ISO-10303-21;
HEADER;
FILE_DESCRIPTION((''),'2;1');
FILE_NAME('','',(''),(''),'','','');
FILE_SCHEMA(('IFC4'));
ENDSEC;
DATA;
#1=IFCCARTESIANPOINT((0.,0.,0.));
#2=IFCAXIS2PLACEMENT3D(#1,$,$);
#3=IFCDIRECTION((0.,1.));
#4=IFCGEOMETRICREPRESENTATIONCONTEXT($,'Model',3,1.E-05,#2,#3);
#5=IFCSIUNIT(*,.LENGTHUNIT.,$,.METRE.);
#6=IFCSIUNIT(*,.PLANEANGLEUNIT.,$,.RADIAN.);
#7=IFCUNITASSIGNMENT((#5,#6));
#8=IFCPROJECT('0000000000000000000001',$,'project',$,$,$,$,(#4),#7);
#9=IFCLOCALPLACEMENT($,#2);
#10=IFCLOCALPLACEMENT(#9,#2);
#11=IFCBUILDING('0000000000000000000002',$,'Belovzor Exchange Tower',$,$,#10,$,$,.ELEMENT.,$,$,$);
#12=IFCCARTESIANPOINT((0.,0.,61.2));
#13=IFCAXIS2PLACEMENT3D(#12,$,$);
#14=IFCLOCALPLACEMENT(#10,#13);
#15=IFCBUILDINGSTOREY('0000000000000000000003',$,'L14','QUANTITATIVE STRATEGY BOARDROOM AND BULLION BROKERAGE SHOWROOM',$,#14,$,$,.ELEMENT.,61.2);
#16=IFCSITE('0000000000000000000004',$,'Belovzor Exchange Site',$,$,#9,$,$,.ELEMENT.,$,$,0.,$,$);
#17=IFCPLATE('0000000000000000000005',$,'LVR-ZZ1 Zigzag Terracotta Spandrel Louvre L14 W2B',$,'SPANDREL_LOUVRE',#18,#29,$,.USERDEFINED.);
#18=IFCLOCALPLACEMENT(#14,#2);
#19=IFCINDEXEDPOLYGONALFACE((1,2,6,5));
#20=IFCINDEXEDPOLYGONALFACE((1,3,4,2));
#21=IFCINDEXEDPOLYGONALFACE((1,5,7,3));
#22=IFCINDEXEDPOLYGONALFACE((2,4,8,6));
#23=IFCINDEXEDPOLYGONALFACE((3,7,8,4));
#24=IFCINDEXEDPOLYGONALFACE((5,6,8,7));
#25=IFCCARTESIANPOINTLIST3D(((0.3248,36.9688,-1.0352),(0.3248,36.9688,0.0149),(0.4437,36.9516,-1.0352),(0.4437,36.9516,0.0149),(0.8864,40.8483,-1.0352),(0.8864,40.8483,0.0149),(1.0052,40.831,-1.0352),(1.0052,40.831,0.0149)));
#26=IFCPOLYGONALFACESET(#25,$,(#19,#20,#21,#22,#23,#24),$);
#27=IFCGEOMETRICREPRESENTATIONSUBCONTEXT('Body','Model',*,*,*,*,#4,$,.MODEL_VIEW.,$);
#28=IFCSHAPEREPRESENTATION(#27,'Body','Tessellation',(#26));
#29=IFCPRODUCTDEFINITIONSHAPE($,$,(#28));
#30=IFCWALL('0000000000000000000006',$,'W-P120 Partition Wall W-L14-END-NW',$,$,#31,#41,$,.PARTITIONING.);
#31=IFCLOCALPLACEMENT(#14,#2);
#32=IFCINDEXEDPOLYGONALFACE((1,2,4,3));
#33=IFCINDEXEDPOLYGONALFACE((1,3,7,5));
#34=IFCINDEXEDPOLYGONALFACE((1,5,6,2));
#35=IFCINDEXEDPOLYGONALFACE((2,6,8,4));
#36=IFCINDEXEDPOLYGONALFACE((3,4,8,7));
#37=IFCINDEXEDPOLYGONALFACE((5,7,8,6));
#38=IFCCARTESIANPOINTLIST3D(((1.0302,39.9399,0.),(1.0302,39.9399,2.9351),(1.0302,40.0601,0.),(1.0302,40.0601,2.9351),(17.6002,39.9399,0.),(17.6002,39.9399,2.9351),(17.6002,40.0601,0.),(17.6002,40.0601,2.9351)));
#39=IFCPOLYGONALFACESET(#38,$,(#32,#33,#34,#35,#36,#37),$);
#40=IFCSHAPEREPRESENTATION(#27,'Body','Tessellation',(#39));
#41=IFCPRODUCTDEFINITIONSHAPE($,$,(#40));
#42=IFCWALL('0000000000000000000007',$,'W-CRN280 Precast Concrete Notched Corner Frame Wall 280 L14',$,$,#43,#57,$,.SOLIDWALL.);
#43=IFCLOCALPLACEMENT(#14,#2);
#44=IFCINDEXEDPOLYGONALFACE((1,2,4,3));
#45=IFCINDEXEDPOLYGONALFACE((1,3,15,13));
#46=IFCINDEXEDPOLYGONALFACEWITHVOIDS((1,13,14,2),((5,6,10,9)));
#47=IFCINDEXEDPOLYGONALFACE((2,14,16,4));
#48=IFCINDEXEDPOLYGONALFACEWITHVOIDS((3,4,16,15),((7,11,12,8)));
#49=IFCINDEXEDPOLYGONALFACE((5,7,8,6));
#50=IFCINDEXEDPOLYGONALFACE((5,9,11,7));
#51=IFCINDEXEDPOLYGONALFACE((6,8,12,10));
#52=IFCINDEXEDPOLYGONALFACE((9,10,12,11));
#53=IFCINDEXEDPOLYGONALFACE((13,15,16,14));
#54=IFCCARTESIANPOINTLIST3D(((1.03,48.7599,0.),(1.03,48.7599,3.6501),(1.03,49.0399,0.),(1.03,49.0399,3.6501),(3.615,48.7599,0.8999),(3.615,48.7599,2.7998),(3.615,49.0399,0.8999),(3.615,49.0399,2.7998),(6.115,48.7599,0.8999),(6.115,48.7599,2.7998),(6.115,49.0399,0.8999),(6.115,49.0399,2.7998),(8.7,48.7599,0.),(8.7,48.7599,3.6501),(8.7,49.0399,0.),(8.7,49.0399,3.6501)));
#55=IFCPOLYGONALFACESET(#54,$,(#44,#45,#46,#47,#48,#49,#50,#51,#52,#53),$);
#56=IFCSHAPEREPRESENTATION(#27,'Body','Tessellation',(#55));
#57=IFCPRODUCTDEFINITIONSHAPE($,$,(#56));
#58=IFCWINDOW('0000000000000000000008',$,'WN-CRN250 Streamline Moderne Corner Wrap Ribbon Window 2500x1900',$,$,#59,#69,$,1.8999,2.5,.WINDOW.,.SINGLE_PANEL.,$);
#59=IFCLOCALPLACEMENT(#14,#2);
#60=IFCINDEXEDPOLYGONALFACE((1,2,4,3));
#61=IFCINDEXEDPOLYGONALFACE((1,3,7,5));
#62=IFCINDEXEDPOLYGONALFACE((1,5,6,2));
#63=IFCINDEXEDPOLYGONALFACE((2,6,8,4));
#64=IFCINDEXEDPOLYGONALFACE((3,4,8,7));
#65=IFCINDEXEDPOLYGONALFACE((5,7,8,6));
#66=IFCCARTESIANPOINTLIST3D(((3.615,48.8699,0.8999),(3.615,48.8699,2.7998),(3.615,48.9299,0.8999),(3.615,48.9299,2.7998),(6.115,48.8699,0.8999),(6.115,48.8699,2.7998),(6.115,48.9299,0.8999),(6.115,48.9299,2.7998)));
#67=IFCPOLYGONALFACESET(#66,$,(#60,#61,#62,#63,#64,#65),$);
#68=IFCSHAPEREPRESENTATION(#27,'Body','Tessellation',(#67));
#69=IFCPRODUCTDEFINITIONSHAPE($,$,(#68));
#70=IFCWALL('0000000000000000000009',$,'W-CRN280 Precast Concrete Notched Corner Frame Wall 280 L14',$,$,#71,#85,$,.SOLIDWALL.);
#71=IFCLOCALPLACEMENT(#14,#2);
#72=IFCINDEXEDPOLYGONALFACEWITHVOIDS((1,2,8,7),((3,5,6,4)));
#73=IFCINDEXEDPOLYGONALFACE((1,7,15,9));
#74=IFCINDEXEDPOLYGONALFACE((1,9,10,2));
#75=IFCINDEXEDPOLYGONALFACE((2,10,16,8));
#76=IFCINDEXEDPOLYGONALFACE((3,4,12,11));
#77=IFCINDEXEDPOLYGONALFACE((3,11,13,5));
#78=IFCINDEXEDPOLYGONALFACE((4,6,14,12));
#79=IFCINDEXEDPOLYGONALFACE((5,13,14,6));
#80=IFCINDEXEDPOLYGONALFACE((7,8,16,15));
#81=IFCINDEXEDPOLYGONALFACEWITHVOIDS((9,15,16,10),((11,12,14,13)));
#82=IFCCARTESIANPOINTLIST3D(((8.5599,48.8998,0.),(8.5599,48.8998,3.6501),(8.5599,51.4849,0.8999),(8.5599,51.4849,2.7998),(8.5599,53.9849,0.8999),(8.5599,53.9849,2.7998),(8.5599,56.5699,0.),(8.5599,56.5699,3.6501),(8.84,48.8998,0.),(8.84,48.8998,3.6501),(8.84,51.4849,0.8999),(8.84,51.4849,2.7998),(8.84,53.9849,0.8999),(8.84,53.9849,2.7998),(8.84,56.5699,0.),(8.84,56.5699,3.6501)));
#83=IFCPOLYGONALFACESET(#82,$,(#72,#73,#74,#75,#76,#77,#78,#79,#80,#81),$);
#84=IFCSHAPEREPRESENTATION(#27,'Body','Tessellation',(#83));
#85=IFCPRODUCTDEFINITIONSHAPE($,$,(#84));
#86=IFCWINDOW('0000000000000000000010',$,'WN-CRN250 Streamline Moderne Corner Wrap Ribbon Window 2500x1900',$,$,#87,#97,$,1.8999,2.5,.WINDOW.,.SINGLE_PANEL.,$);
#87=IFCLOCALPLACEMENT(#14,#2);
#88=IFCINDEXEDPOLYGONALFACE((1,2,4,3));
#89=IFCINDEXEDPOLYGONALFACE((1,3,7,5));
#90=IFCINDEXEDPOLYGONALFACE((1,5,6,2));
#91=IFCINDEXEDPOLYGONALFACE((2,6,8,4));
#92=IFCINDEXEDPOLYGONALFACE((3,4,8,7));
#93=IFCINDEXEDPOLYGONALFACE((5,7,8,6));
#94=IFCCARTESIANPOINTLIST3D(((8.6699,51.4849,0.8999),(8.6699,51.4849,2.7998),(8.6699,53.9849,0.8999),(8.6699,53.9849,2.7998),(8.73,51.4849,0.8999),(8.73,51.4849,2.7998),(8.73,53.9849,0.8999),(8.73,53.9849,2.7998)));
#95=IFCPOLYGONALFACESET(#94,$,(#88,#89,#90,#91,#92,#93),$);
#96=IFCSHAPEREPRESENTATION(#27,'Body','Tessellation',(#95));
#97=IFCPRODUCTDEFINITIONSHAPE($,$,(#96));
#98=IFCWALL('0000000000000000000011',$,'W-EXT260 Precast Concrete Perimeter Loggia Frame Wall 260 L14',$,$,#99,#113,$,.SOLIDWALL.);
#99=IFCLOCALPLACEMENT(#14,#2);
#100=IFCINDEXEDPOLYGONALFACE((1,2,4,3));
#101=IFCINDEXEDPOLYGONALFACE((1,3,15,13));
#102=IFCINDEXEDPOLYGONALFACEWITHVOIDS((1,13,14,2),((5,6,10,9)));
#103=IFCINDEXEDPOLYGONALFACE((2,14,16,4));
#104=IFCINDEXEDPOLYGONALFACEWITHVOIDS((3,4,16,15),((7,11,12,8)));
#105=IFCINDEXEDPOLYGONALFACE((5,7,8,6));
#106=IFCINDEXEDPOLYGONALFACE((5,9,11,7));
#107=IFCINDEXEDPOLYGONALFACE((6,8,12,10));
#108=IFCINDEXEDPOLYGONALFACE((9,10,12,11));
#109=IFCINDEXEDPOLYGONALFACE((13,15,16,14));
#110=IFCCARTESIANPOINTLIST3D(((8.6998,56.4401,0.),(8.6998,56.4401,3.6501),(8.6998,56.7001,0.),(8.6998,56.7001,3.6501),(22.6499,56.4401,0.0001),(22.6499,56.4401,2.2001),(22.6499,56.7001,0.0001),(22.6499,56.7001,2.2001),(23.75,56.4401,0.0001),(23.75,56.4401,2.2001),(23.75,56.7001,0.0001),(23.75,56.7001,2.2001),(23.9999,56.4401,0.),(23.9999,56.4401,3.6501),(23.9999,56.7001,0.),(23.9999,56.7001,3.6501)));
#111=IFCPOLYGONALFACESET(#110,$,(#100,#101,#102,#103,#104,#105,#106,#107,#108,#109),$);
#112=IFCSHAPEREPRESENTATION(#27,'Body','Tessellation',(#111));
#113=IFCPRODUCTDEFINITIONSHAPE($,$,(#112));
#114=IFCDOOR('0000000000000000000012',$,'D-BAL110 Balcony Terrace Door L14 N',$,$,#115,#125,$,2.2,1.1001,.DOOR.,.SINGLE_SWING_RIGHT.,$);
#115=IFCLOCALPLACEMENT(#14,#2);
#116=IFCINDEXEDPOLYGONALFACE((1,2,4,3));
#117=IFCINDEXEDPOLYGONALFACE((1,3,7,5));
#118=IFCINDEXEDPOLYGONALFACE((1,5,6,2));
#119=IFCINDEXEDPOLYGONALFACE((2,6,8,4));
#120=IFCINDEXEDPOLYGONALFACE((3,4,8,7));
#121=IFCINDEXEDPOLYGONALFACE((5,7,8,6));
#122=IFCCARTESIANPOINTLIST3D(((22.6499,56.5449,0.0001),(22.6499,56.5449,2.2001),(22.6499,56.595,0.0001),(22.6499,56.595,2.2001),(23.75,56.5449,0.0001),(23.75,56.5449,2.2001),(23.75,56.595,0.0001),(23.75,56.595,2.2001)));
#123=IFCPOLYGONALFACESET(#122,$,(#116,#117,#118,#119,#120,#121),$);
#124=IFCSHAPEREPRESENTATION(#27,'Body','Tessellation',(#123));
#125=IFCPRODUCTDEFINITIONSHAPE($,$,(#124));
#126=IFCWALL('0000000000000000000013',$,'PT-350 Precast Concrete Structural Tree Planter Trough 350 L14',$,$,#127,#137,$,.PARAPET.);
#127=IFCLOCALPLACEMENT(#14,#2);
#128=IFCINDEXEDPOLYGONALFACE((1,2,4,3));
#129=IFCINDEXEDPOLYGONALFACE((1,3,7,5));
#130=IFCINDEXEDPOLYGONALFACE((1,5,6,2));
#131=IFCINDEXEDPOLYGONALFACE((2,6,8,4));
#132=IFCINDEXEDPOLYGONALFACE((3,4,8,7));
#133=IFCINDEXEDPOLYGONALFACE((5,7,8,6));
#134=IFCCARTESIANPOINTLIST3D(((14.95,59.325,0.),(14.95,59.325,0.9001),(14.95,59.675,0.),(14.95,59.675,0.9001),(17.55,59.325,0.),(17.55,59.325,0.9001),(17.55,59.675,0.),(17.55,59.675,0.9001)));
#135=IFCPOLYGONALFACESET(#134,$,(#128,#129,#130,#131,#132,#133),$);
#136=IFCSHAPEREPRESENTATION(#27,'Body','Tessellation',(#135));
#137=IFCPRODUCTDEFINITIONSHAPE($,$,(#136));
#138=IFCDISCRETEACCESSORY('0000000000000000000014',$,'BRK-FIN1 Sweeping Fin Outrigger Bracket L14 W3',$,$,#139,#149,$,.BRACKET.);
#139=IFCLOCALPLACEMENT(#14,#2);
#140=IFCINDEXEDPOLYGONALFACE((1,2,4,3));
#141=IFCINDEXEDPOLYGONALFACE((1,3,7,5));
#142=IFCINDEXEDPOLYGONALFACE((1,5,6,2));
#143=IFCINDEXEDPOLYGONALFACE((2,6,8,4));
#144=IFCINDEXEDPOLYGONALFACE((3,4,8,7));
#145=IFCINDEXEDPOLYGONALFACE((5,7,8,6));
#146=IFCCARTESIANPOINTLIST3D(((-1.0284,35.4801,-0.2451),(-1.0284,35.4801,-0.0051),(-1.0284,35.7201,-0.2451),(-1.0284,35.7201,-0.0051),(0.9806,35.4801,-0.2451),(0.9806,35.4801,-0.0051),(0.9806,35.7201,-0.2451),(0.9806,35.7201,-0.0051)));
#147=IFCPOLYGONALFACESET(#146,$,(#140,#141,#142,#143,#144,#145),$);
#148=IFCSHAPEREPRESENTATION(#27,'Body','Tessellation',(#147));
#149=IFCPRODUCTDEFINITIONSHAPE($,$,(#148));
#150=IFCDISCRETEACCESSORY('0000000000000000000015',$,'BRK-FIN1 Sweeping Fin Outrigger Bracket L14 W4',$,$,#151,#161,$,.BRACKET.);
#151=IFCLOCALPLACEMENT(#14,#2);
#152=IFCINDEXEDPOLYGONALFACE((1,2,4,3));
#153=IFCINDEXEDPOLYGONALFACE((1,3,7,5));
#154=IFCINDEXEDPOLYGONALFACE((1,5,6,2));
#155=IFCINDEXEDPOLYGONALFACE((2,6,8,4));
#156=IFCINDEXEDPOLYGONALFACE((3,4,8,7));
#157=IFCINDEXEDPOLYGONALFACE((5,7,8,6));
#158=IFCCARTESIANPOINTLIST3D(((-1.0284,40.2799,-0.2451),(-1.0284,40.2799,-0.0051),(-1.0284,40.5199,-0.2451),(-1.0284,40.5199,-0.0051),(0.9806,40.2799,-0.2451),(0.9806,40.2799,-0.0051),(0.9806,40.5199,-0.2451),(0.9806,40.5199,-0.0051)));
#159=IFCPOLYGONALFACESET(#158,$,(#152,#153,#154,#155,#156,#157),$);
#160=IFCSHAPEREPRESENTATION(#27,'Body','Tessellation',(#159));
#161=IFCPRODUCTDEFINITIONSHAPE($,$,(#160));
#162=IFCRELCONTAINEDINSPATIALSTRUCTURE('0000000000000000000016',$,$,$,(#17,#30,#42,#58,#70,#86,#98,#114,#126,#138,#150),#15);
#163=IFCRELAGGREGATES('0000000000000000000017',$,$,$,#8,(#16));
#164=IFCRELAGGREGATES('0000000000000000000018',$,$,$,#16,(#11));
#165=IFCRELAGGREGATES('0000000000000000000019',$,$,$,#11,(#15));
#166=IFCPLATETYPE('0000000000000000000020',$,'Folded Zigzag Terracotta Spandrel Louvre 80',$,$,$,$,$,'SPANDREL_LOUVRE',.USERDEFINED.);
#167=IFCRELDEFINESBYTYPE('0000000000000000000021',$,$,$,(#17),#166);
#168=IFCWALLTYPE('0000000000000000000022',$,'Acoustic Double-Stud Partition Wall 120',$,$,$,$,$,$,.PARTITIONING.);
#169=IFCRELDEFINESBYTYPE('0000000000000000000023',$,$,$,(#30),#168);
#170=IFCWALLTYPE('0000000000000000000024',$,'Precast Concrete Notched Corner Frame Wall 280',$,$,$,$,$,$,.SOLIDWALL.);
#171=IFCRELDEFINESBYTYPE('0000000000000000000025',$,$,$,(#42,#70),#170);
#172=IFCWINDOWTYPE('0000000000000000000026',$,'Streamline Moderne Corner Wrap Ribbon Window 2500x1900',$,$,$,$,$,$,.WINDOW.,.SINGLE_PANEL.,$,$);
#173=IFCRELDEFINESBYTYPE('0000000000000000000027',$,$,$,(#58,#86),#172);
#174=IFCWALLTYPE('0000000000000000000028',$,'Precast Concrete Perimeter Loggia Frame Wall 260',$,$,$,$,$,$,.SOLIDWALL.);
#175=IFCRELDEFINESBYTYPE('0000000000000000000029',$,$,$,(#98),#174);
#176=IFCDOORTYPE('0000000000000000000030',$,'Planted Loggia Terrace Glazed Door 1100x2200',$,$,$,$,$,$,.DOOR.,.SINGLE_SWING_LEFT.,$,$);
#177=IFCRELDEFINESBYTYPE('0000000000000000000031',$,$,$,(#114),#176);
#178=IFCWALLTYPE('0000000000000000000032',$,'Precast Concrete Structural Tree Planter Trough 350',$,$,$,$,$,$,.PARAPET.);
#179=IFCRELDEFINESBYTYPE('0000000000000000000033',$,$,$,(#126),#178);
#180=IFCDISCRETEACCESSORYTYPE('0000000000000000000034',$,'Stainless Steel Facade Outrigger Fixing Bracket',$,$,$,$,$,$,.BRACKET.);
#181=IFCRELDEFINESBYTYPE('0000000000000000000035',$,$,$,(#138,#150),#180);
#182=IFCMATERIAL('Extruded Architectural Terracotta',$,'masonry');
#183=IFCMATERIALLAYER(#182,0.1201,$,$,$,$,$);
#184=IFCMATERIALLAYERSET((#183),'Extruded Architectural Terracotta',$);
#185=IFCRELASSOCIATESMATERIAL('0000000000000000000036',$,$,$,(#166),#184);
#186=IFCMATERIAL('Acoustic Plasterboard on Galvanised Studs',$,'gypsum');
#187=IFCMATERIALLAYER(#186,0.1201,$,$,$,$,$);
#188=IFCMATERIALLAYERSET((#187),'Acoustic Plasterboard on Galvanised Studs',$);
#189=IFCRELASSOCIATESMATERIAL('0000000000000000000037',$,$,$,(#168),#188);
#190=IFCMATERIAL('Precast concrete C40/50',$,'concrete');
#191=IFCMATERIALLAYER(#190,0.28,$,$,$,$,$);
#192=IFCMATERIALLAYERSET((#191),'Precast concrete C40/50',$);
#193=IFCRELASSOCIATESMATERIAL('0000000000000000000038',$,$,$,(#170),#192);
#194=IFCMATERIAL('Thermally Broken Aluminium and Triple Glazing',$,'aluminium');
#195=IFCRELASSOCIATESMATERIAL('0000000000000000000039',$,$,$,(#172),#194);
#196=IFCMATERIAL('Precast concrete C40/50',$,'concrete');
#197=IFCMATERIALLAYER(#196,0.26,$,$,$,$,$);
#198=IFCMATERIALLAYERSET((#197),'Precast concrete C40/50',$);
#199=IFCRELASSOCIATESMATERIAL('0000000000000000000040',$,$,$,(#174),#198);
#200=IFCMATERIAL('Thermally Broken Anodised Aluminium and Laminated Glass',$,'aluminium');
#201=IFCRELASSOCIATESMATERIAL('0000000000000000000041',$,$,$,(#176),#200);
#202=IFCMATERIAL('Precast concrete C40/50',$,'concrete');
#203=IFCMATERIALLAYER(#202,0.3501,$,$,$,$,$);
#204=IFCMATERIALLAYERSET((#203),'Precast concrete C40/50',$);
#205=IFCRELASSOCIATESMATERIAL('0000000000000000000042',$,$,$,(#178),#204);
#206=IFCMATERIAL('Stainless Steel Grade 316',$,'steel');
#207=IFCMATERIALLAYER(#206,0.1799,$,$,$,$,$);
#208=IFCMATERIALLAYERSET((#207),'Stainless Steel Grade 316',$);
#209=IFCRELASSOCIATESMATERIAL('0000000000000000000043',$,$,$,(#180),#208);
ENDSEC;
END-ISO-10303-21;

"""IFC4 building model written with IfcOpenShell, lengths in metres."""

from ifc_helpers import new_model, si_unit, direction, frame, frame_2d, origin, origin_2d, place, context, subcontext, project, spatial, rectangle, extrude, material, layer, layer_set, type_object, element, fill, save


model = new_model("IFC4")

# Units and contexts
model_context = context("Model", 3, precision=1e-05, world=origin(), true_north=direction((0.0, 1.0)))
body_context = subcontext(model_context, "Body", "Model", "MODEL_VIEW")
ifc_project = project(units=[si_unit("LENGTHUNIT", "METRE"), si_unit("PLANEANGLEUNIT", "RADIAN")], contexts=[model_context])

# Site, building, storey
site_placement = place(None, origin())
site = spatial("IfcSite", under=ifc_project, at=site_placement, Name="Belovzor Exchange Site", CompositionType="ELEMENT", RefElevation=0.0)
building_placement = place(site_placement, origin())
building = spatial("IfcBuilding", under=site, at=building_placement, Name="Belovzor Exchange Tower", CompositionType="ELEMENT")
storey_placement = place(building_placement, frame((0.0, 0.0, 61.2)))
storey = spatial("IfcBuildingStorey", under=building, at=storey_placement, Name="L14", Description="QUANTITATIVE STRATEGY BOARDROOM AND BULLION BROKERAGE SHOWROOM", CompositionType="ELEMENT", Elevation=61.2)

# Plate
ifc_material_1 = material(Name="Extruded Architectural Terracotta", Category="masonry")
ifc_layer_1 = layer(ifc_material_1, 0.1201)
ifc_layer_set_1 = layer_set([ifc_layer_1], Name="Extruded Architectural Terracotta")
plate_type = type_object("IfcPlateType", Name="Folded Zigzag Terracotta Spandrel Louvre 80", ElementType="SPANDREL_LOUVRE", PredefinedType="USERDEFINED", material=ifc_layer_set_1)
for number, where, z_axis, x_axis, name in (
    (1, (0.665, 38.8999, -1.0352), (0.0, 0.0, 1.0), (0.143251, 0.989686, 0.0), "LVR-ZZ1 Zigzag Terracotta Spandrel Louvre L14 W2B"),
):
    element("IfcPlate", number, at=place(storey_placement, frame(where, z_axis=z_axis, x_axis=x_axis)), inside=storey, type_object=plate_type, Name=name, ObjectType="SPANDREL_LOUVRE", PredefinedType="USERDEFINED", context=body_context, shape_type="SweptSolid", body=[
        extrude(rectangle(XDim=3.9199, YDim=0.1201, at=origin_2d()), origin(), (0.0, 0.0, 1.0), 1.05),
    ])

# Wall
ifc_material_2 = material(Name="Acoustic Plasterboard on Galvanised Studs", Category="gypsum")
ifc_layer_2 = layer(ifc_material_2, 0.1201)
ifc_layer_set_2 = layer_set([ifc_layer_2], Name="Acoustic Plasterboard on Galvanised Studs")
wall_type_1 = type_object("IfcWallType", Name="Acoustic Double-Stud Partition Wall 120", PredefinedType="PARTITIONING", material=ifc_layer_set_2)
wall_1_placement = place(storey_placement, frame((1.03, 40.0, 0.0), z_axis=(0.0, 0.0, 1.0), x_axis=(1.0, 0.0, 0.0)))
element("IfcWall", 2, at=wall_1_placement, inside=storey, type_object=wall_type_1, Name="W-P120 Partition Wall W-L14-END-NW", PredefinedType="PARTITIONING", context=body_context, shape_type="SweptSolid", body=[
    extrude(rectangle(XDim=16.5701, YDim=0.1201, at=frame_2d((8.2852, 0.0))), origin(), (0.0, 0.0, 1.0), 2.9351),
])

# Walls, openings, windows
ifc_material_3 = material(Name="Precast concrete C40/50", Category="concrete")
ifc_layer_3 = layer(ifc_material_3, 0.28)
ifc_layer_set_3 = layer_set([ifc_layer_3], Name="Precast concrete C40/50")
wall_type_2 = type_object("IfcWallType", Name="Precast Concrete Notched Corner Frame Wall 280", PredefinedType="SOLIDWALL", material=ifc_layer_set_3)
wall_2_placement = place(storey_placement, frame((1.03, 48.8999, 0.0), z_axis=(0.0, 0.0, 1.0), x_axis=(1.0, 0.0, 0.0)))
wall_2 = element("IfcWall", 3, at=wall_2_placement, inside=storey, type_object=wall_type_2, Name="W-CRN280 Precast Concrete Notched Corner Frame Wall 280 L14", PredefinedType="SOLIDWALL", context=body_context, shape_type="SweptSolid", body=[
    extrude(rectangle(XDim=7.6699, YDim=0.28, at=frame_2d((3.835, 0.0))), origin(), (0.0, 0.0, 1.0), 3.6501),
])
opening_1_placement = place(wall_2_placement, frame((2.585, 0.0, 0.8999)))
opening_1 = element("IfcOpeningElement", 4, at=opening_1_placement, cuts=wall_2, PredefinedType="OPENING", context=body_context, shape_type="SweptSolid", body=[
    extrude(rectangle(XDim=2.5, YDim=1.8999, at=frame_2d((1.25, 0.95))), frame((0.0, 0.1499, 0.0), z_axis=(0.0, -1.0, 0.0), x_axis=(1.0, 0.0, 0.0)), (0.0, 0.0, 1.0), 0.3),
])
ifc_material_4 = material(Name="Thermally Broken Aluminium and Triple Glazing", Category="aluminium")
window_type = type_object("IfcWindowType", Name="Streamline Moderne Corner Wrap Ribbon Window 2500x1900", PartitioningType="SINGLE_PANEL", PredefinedType="WINDOW", material=ifc_material_4)
window_1_placement = place(opening_1_placement, origin())
window_1 = element("IfcWindow", 5, at=window_1_placement, inside=storey, type_object=window_type, Name="WN-CRN250 Streamline Moderne Corner Wrap Ribbon Window 2500x1900", OverallHeight=1.8999, OverallWidth=2.5, PartitioningType="SINGLE_PANEL", PredefinedType="WINDOW", context=body_context, shape_type="SweptSolid", body=[
    extrude(rectangle(XDim=2.5, YDim=1.8999, at=frame_2d((1.25, 0.95))), frame((0.0, 0.03, 0.0), z_axis=(0.0, -1.0, 0.0), x_axis=(1.0, 0.0, 0.0)), (0.0, 0.0, 1.0), 0.0601),
])
fill(opening_1, window_1)
wall_3_placement = place(storey_placement, frame((8.7, 48.8999, 0.0), z_axis=(0.0, 0.0, 1.0), x_axis=(0.0, 1.0, 0.0)))
wall_3 = element("IfcWall", 6, at=wall_3_placement, inside=storey, type_object=wall_type_2, Name="W-CRN280 Precast Concrete Notched Corner Frame Wall 280 L14", PredefinedType="SOLIDWALL", context=body_context, shape_type="SweptSolid", body=[
    extrude(rectangle(XDim=7.6702, YDim=0.28, at=frame_2d((3.835, 0.0))), origin(), (0.0, 0.0, 1.0), 3.6501),
])
opening_2_placement = place(wall_3_placement, frame((2.585, 0.0, 0.8999)))
opening_2 = element("IfcOpeningElement", 7, at=opening_2_placement, cuts=wall_3, PredefinedType="OPENING", context=body_context, shape_type="SweptSolid", body=[
    extrude(rectangle(XDim=2.5, YDim=1.8999, at=frame_2d((1.25, 0.95))), frame((0.0, 0.1499, 0.0), z_axis=(0.0, -1.0, 0.0), x_axis=(1.0, 0.0, 0.0)), (0.0, 0.0, 1.0), 0.3),
])
window_2_placement = place(opening_2_placement, origin())
window_2 = element("IfcWindow", 8, at=window_2_placement, inside=storey, type_object=window_type, Name="WN-CRN250 Streamline Moderne Corner Wrap Ribbon Window 2500x1900", OverallHeight=1.8999, OverallWidth=2.5, PartitioningType="SINGLE_PANEL", PredefinedType="WINDOW", context=body_context, shape_type="SweptSolid", body=[
    extrude(rectangle(XDim=2.5, YDim=1.8999, at=frame_2d((1.25, 0.95))), frame((0.0, 0.03, 0.0), z_axis=(0.0, -1.0, 0.0), x_axis=(1.0, 0.0, 0.0)), (0.0, 0.0, 1.0), 0.0601),
])
fill(opening_2, window_2)

# Wall, opening, door
ifc_material_5 = material(Name="Precast concrete C40/50", Category="concrete")
ifc_layer_4 = layer(ifc_material_5, 0.26)
ifc_layer_set_4 = layer_set([ifc_layer_4], Name="Precast concrete C40/50")
wall_type_3 = type_object("IfcWallType", Name="Precast Concrete Perimeter Loggia Frame Wall 260", PredefinedType="SOLIDWALL", material=ifc_layer_set_4)
wall_4_placement = place(storey_placement, frame((8.7, 56.5701, 0.0), z_axis=(0.0, 0.0, 1.0), x_axis=(1.0, 0.0, 0.0)))
wall_4 = element("IfcWall", 9, at=wall_4_placement, inside=storey, type_object=wall_type_3, Name="W-EXT260 Precast Concrete Perimeter Loggia Frame Wall 260 L14", PredefinedType="SOLIDWALL", context=body_context, shape_type="SweptSolid", body=[
    extrude(rectangle(XDim=15.3, YDim=0.26, at=frame_2d((7.6499, 0.0))), origin(), (0.0, 0.0, 1.0), 3.6501),
])
opening_3_placement = place(wall_4_placement, frame((13.95, 0.0, 0.0)))
opening_3 = element("IfcOpeningElement", 10, at=opening_3_placement, cuts=wall_4, PredefinedType="OPENING", context=body_context, shape_type="SweptSolid", body=[
    extrude(rectangle(XDim=1.1001, YDim=2.2, at=frame_2d((0.55, 1.1001))), frame((0.0, 0.1399, 0.0), z_axis=(0.0, -1.0, 0.0), x_axis=(1.0, 0.0, 0.0)), (0.0, 0.0, 1.0), 0.28),
])
ifc_material_6 = material(Name="Thermally Broken Anodised Aluminium and Laminated Glass", Category="aluminium")
door_type = type_object("IfcDoorType", Name="Planted Loggia Terrace Glazed Door 1100x2200", OperationType="SINGLE_SWING_LEFT", PredefinedType="DOOR", material=ifc_material_6)
door_placement = place(opening_3_placement, origin())
door = element("IfcDoor", 11, at=door_placement, inside=storey, type_object=door_type, Name="D-BAL110 Balcony Terrace Door L14 N", OperationType="SINGLE_SWING_RIGHT", OverallHeight=2.2, OverallWidth=1.1001, PredefinedType="DOOR", context=body_context, shape_type="SweptSolid", body=[
    extrude(rectangle(XDim=1.1001, YDim=2.2, at=frame_2d((0.55, 1.1001))), frame((0.0, 0.0249, 0.0), z_axis=(0.0, -1.0, 0.0), x_axis=(1.0, 0.0, 0.0)), (0.0, 0.0, 1.0), 0.05),
])
fill(opening_3, door)

# Wall
ifc_material_7 = material(Name="Precast concrete C40/50", Category="concrete")
ifc_layer_5 = layer(ifc_material_7, 0.3501)
ifc_layer_set_5 = layer_set([ifc_layer_5], Name="Precast concrete C40/50")
wall_type_4 = type_object("IfcWallType", Name="Precast Concrete Structural Tree Planter Trough 350", PredefinedType="PARAPET", material=ifc_layer_set_5)
wall_5_placement = place(storey_placement, frame((14.95, 59.5, 0.0), z_axis=(0.0, 0.0, 1.0), x_axis=(1.0, 0.0, 0.0)))
element("IfcWall", 12, at=wall_5_placement, inside=storey, type_object=wall_type_4, Name="PT-350 Precast Concrete Structural Tree Planter Trough 350 L14", PredefinedType="PARAPET", context=body_context, shape_type="SweptSolid", body=[
    extrude(rectangle(XDim=2.6001, YDim=0.3501, at=frame_2d((1.3, 0.0))), origin(), (0.0, 0.0, 1.0), 0.9001),
])

# Discrete accessories
ifc_material_8 = material(Name="Stainless Steel Grade 316", Category="steel")
ifc_layer_6 = layer(ifc_material_8, 0.1799)
ifc_layer_set_6 = layer_set([ifc_layer_6], Name="Stainless Steel Grade 316")
discrete_accessory_type = type_object("IfcDiscreteAccessoryType", Name="Stainless Steel Facade Outrigger Fixing Bracket", PredefinedType="BRACKET", material=ifc_layer_set_6)
for number, where, z_axis, x_axis, name in (
    (13, (-0.0239, 35.6001, -0.2451), (0.0, 0.0, 1.0), (1.0, 0.0, 0.0), "BRK-FIN1 Sweeping Fin Outrigger Bracket L14 W3"),
    (14, (-0.0239, 40.3999, -0.2451), (0.0, 0.0, 1.0), (1.0, 0.0, 0.0), "BRK-FIN1 Sweeping Fin Outrigger Bracket L14 W4"),
):
    element("IfcDiscreteAccessory", number, at=place(storey_placement, frame(where, z_axis=z_axis, x_axis=x_axis)), inside=storey, type_object=discrete_accessory_type, Name=name, PredefinedType="BRACKET", context=body_context, shape_type="SweptSolid", body=[
        extrude(rectangle(XDim=2.009, YDim=0.24, at=origin_2d()), origin(), (0.0, 0.0, 1.0), 0.24),
    ])

save(model, "model.ifc")
